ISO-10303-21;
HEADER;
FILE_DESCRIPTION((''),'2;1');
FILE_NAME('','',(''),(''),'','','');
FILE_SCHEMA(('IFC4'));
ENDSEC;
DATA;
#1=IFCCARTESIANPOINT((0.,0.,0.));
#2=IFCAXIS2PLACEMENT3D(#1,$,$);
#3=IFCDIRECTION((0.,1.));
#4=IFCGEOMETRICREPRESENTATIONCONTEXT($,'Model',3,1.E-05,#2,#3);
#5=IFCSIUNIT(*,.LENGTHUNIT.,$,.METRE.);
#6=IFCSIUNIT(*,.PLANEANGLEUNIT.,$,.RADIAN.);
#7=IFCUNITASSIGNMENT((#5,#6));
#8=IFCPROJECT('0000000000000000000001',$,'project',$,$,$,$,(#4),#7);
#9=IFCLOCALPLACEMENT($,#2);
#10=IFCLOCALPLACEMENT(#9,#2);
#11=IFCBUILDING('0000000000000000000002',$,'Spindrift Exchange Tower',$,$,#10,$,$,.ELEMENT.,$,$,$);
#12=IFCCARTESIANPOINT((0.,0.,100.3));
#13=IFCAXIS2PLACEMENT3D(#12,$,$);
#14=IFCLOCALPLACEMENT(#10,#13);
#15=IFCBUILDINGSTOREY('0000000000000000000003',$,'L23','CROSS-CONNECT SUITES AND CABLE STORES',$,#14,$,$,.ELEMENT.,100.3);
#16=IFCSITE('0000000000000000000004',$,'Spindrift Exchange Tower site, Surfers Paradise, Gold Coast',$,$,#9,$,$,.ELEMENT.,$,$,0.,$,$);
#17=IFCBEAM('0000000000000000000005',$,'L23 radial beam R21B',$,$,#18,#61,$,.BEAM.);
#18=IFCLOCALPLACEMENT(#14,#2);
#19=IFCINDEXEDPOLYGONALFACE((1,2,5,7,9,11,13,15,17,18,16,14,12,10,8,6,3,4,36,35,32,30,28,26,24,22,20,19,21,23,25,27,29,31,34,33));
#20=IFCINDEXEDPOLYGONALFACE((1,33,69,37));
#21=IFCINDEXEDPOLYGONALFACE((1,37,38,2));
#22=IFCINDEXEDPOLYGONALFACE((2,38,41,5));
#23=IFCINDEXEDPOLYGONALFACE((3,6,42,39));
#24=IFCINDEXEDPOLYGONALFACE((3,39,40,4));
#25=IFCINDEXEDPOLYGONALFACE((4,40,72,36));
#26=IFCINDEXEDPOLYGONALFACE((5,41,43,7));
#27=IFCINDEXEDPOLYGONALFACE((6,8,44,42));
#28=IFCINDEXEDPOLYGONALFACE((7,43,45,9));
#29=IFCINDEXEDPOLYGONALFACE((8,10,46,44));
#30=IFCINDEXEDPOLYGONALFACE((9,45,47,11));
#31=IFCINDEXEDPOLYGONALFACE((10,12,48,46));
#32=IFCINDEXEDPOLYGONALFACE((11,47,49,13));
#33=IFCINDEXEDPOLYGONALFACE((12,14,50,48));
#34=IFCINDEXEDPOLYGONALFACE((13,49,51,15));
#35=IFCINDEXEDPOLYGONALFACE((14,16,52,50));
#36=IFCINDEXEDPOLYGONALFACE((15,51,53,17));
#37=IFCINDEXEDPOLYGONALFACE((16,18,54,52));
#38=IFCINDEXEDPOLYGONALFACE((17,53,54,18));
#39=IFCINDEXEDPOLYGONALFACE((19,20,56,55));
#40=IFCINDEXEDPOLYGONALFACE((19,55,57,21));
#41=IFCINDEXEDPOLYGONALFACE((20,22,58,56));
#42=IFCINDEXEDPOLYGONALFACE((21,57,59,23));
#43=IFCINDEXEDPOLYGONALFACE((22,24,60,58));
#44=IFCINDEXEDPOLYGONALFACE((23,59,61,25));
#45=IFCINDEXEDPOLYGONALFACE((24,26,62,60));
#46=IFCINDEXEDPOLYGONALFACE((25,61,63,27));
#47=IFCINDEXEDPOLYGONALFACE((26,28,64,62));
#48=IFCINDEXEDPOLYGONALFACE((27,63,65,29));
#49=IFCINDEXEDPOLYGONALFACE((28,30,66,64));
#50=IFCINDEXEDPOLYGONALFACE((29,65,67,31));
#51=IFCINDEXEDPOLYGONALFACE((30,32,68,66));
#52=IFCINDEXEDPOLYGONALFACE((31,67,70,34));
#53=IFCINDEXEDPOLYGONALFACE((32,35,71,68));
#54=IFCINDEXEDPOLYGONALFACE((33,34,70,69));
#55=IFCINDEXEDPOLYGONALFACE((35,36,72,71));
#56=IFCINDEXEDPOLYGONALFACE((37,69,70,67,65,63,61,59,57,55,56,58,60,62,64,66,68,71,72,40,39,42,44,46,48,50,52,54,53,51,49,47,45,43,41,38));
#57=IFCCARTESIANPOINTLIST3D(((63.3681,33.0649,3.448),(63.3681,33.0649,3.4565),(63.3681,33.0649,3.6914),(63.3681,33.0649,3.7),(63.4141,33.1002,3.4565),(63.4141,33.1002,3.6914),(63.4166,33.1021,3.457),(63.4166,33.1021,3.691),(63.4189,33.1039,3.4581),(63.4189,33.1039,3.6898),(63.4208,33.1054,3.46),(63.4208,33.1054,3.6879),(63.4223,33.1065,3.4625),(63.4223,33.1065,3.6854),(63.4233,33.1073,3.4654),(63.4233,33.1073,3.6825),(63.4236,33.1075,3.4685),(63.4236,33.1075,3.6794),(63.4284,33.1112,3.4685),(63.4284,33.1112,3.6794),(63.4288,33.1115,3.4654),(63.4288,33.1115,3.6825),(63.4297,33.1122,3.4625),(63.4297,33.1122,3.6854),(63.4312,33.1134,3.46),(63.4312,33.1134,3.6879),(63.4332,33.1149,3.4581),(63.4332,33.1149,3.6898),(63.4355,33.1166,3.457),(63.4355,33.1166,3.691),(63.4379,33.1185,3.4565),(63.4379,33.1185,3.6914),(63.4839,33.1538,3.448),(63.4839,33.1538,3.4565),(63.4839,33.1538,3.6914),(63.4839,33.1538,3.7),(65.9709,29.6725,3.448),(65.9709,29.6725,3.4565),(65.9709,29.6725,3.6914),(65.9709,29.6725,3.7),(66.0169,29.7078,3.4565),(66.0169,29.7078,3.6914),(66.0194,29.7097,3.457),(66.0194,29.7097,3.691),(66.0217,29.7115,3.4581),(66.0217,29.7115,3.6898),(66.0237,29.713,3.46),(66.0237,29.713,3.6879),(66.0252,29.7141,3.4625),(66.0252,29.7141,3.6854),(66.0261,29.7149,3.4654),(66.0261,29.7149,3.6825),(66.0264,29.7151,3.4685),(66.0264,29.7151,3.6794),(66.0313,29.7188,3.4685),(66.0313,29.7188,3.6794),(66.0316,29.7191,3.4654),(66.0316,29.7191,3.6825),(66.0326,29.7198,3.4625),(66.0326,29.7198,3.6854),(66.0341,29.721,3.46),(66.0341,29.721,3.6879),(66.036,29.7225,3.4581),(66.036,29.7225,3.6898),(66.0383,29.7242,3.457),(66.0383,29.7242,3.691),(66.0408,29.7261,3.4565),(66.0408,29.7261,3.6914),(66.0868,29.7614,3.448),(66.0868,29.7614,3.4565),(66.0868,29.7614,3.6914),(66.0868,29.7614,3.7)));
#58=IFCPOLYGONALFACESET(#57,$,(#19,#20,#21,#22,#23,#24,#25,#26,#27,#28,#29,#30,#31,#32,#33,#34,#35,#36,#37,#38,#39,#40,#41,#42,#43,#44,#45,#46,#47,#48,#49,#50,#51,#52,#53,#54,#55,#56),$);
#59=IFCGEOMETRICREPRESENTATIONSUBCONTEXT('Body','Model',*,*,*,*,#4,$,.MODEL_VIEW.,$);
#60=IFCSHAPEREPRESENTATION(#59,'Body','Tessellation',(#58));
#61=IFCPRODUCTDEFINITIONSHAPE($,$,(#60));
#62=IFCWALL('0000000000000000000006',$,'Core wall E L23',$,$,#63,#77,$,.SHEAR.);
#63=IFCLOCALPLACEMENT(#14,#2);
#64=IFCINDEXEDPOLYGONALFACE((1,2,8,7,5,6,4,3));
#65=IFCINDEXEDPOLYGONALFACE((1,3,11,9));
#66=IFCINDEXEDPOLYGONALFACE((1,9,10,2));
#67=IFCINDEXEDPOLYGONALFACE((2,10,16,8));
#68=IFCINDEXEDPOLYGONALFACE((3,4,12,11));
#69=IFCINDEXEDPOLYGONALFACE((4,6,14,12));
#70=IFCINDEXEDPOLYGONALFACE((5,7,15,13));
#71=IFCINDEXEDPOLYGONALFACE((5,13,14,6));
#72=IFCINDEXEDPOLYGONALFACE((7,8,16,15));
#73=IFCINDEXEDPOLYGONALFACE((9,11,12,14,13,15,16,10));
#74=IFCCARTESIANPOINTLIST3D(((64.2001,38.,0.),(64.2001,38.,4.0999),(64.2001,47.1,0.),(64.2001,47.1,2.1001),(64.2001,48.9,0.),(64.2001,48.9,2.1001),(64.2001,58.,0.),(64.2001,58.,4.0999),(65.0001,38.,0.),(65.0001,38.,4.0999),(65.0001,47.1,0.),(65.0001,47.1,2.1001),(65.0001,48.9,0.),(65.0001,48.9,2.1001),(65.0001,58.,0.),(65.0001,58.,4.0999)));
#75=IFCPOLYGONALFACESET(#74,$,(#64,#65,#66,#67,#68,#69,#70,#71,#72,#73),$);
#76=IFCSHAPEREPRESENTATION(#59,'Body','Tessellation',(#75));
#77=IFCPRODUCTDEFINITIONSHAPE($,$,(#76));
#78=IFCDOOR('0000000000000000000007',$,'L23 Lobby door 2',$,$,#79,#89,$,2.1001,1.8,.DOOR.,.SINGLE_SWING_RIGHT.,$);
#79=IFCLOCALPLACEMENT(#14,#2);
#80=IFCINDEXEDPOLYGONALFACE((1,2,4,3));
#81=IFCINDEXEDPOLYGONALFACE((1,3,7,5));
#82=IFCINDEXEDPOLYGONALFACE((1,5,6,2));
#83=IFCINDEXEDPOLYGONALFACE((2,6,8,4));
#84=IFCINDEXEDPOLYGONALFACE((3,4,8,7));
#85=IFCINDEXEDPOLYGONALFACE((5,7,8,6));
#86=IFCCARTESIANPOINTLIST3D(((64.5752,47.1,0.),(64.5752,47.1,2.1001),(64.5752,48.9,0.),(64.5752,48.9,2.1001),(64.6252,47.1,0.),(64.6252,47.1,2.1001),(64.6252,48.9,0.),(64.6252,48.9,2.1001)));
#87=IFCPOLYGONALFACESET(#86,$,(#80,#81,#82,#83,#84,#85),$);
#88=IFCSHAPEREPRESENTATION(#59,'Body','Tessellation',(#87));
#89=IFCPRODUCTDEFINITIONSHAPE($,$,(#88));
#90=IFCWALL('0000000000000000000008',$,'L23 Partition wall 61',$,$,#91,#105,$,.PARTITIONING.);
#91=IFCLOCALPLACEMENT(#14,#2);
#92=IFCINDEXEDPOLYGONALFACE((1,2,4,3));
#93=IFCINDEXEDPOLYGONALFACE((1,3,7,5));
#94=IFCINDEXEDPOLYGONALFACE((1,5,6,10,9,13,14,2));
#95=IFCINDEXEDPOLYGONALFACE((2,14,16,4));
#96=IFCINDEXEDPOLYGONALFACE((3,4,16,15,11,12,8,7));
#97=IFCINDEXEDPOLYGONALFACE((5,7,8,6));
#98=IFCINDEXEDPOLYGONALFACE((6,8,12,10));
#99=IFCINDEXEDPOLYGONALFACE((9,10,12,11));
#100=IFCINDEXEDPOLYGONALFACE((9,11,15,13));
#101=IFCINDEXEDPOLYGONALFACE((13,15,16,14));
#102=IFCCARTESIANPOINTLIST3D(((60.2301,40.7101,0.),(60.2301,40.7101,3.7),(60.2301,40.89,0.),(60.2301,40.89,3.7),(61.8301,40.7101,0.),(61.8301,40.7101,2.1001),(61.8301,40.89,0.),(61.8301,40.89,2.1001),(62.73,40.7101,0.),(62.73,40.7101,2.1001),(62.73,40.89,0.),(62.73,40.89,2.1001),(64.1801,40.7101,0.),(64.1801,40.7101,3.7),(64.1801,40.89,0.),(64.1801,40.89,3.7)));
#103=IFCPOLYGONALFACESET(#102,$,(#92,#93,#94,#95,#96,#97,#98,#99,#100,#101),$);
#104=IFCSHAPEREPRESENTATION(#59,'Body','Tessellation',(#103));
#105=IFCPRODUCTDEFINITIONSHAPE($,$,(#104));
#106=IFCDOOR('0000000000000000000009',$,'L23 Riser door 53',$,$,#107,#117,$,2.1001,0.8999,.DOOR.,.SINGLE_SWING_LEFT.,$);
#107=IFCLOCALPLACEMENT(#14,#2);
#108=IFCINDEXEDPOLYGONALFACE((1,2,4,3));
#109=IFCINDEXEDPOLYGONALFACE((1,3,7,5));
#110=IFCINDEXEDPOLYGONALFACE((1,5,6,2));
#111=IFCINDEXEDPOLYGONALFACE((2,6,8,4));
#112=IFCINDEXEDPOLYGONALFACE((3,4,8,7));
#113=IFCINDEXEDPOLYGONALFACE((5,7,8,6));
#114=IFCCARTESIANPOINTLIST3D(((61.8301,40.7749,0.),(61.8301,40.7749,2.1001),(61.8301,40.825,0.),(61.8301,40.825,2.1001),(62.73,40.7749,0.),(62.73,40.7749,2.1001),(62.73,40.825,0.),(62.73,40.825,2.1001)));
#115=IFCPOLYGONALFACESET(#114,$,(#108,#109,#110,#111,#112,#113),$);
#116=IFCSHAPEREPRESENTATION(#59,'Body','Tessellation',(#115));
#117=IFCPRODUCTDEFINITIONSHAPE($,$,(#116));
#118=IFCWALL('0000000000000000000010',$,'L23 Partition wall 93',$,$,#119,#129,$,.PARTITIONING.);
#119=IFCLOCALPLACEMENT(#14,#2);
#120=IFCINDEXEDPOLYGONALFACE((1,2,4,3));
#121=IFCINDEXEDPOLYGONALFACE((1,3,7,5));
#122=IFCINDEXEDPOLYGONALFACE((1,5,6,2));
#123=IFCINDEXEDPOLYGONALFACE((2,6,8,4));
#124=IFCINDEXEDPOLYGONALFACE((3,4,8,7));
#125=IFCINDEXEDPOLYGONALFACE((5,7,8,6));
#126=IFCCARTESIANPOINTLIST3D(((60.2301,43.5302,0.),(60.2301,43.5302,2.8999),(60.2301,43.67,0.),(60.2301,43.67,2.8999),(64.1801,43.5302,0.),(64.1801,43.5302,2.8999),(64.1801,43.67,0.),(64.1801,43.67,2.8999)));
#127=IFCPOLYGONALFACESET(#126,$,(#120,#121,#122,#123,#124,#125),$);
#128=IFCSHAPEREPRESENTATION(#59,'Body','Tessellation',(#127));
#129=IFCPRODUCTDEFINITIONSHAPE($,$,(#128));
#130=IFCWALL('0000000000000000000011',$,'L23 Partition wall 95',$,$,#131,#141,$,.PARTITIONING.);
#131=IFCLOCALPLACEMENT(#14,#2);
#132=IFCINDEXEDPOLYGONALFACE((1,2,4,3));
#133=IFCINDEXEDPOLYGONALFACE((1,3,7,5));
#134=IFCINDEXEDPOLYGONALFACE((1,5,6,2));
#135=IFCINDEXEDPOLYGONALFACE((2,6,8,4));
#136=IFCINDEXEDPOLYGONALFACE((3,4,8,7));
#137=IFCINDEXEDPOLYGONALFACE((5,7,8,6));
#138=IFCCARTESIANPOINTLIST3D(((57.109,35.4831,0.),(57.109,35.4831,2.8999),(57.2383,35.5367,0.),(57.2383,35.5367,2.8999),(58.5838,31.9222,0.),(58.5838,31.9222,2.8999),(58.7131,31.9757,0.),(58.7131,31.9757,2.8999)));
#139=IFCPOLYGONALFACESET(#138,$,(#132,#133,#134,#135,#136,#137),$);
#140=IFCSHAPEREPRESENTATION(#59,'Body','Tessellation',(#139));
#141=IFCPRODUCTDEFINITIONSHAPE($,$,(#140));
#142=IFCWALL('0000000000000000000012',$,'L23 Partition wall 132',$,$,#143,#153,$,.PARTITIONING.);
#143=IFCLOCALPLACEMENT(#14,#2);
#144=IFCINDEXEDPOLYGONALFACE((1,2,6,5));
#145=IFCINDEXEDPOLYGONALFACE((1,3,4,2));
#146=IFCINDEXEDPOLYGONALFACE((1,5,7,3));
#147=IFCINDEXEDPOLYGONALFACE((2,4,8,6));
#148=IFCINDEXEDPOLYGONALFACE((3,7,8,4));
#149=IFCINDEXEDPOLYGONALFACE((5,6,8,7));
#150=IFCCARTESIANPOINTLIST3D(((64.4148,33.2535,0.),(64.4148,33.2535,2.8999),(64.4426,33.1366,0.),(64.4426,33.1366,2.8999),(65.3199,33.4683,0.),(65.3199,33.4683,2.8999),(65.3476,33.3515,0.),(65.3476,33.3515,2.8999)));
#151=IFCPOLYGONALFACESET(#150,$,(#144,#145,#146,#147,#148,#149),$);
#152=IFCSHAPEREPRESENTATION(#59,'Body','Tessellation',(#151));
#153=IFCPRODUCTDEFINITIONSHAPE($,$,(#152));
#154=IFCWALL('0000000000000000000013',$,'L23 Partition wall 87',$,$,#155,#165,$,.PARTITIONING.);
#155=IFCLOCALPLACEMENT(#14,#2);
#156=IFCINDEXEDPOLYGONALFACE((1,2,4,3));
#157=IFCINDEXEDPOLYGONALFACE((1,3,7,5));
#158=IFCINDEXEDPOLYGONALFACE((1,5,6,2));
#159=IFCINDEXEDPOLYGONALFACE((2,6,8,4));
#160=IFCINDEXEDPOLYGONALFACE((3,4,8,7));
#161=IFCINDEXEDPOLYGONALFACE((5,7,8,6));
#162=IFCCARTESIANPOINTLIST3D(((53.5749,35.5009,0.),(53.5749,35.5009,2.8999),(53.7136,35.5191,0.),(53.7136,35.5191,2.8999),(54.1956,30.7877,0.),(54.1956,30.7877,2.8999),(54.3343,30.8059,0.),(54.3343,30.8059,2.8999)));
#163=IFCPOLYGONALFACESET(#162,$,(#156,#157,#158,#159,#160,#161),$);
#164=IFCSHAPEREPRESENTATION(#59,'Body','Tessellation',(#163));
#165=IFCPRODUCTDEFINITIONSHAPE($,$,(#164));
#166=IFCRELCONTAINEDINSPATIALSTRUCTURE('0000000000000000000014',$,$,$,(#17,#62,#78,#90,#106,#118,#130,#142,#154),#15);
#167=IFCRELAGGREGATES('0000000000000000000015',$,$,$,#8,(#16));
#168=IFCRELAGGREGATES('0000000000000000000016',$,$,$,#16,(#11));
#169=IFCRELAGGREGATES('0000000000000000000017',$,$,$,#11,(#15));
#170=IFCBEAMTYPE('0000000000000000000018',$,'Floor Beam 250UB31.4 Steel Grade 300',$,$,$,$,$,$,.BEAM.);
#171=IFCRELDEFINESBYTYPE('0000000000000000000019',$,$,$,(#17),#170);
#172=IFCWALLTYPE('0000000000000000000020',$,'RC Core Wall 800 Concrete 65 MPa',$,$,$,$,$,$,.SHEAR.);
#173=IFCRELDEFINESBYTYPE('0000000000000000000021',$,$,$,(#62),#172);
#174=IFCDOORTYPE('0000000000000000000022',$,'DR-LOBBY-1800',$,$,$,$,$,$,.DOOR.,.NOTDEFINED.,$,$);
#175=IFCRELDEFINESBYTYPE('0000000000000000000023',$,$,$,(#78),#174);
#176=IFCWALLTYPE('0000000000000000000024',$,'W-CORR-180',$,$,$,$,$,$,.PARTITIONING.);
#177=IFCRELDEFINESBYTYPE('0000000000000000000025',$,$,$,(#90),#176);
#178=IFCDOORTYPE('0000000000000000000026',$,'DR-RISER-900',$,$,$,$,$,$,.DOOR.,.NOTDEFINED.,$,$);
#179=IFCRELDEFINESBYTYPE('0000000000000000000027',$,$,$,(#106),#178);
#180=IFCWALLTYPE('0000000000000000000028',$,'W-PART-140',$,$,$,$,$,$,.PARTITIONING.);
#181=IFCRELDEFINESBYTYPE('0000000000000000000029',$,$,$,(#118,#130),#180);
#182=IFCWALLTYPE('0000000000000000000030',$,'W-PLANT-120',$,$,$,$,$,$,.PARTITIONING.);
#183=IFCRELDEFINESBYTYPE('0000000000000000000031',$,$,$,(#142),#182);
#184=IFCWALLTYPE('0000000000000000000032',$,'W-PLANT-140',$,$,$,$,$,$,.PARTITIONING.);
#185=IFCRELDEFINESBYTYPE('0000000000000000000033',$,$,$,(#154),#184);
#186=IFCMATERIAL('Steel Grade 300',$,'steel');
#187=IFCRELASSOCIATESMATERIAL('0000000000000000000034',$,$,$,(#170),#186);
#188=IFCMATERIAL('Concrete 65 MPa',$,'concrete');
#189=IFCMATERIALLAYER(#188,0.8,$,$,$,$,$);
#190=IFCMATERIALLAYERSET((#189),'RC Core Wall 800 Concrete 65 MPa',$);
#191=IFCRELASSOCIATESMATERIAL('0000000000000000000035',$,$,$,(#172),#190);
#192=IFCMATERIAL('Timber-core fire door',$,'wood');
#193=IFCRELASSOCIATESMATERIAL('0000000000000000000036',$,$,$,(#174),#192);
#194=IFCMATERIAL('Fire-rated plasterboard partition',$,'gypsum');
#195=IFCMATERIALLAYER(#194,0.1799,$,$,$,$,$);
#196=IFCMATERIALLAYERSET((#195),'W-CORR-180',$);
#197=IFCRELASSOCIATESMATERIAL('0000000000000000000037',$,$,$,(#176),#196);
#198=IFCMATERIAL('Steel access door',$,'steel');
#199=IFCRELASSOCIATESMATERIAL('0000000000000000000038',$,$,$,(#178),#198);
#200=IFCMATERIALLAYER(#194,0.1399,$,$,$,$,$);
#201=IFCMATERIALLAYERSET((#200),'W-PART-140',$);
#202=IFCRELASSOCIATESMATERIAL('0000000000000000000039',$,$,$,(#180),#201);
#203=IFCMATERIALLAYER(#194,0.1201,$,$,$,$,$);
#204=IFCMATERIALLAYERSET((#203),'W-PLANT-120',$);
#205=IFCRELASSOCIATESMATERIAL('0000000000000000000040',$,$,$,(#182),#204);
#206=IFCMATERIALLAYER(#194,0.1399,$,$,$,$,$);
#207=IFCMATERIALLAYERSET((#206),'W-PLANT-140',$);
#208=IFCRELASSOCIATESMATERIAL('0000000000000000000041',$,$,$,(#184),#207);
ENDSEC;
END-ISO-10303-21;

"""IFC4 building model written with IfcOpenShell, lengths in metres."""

from ifc_helpers import new_model, si_unit, direction, frame, frame_2d, origin, origin_2d, place, context, subcontext, project, spatial, rectangle, i_section, extrude, source, transform, mapped, material, layer, layer_set, material_profile, profile_set, type_object, element, fill, save


model = new_model("IFC4")

# Units and contexts
model_context = context("Model", 3, precision=1e-05, world=origin(), true_north=direction((0.0, 1.0)))
body_context = subcontext(model_context, "Body", "Model", "MODEL_VIEW")
ifc_project = project(units=[si_unit("LENGTHUNIT", "METRE"), si_unit("PLANEANGLEUNIT", "RADIAN")], contexts=[model_context])

# Site, building, storey
site_placement = place(None, origin())
site = spatial("IfcSite", under=ifc_project, at=site_placement, Name="Spindrift Exchange Tower site, Surfers Paradise, Gold Coast", CompositionType="ELEMENT", RefElevation=0.0)
building_placement = place(site_placement, origin())
building = spatial("IfcBuilding", under=site, at=building_placement, Name="Spindrift Exchange Tower", CompositionType="ELEMENT")
storey_placement = place(building_placement, frame((0.0, 0.0, 100.3)))
storey = spatial("IfcBuildingStorey", under=building, at=storey_placement, Name="L23", Description="CROSS-CONNECT SUITES AND CABLE STORES", CompositionType="ELEMENT", Elevation=100.3)

# Shared definitions
ifc_material_1 = material(Name="Concrete 65 MPa", Category="concrete")

# Beam
ifc_material_2 = material(Name="Steel Grade 300", Category="steel")
ifc_material_profile_1 = material_profile(ifc_material_2, i_section(OverallWidth=0.146, OverallDepth=0.252, WebThickness=0.0061, FlangeThickness=0.0085, FilletRadius=0.012, at=origin_2d()), Name="250UB31.4")
ifc_profile_set_1 = profile_set([ifc_material_profile_1], Name="Steel Grade 300")
beam_type_1 = type_object("IfcBeamType", Name="Floor Beam 250UB31.4 Steel Grade 300", PredefinedType="BEAM", material=ifc_profile_set_1)
shared_shape_1 = source(origin(), body_context, "Body", "SweptSolid", [
    extrude(i_section(OverallWidth=0.146, OverallDepth=0.252, WebThickness=0.0061, FlangeThickness=0.0085, FilletRadius=0.012, at=origin_2d()), origin(), (0.0, 0.0, 1.0), 4.2759),
])
beam_1_placement = place(storey_placement, frame((63.426, 33.1094, 3.574), z_axis=(0.608725, -0.793381, 0.0), x_axis=(0.793381, 0.608725, 0.0)))
element("IfcBeam", 1, at=beam_1_placement, inside=storey, type_object=beam_type_1, Name="L23 radial beam R21B", PredefinedType="BEAM", context=body_context, shape_type="MappedRepresentation", body=[
    mapped(shared_shape_1, transform((0.0, 0.0, 0.0), scale=1.0)),
])

# Walls, openings, doors
ifc_layer_1 = layer(ifc_material_1, 0.8)
ifc_layer_set_1 = layer_set([ifc_layer_1], Name="RC Core Wall 800 Concrete 65 MPa")
wall_type_1 = type_object("IfcWallType", Name="RC Core Wall 800 Concrete 65 MPa", PredefinedType="SHEAR", material=ifc_layer_set_1)
wall_1_placement = place(storey_placement, frame((64.6001, 38.0, 0.0), z_axis=(0.0, 0.0, 1.0), x_axis=(0.0, 1.0, 0.0)))
wall_1 = element("IfcWall", 2, at=wall_1_placement, inside=storey, type_object=wall_type_1, Name="Core wall E L23", PredefinedType="SHEAR", context=body_context, shape_type="SweptSolid", body=[
    extrude(rectangle(XDim=20.0, YDim=0.8, at=frame_2d((10.0, 0.0))), origin(), (0.0, 0.0, 1.0), 4.0999),
])
opening_1_placement = place(wall_1_placement, frame((9.1001, 0.0, 0.0)))
opening_1 = element("IfcOpeningElement", 3, at=opening_1_placement, cuts=wall_1, PredefinedType="OPENING", context=body_context, shape_type="SweptSolid", body=[
    extrude(rectangle(XDim=1.8, YDim=2.1001, at=frame_2d((0.8999, 1.05))), frame((0.0, 0.4099, 0.0), z_axis=(0.0, -1.0, 0.0), x_axis=(1.0, 0.0, 0.0)), (0.0, 0.0, 1.0), 0.8201),
])
ifc_material_3 = material(Name="Timber-core fire door", Category="wood")
door_type_1 = type_object("IfcDoorType", Name="DR-LOBBY-1800", OperationType="NOTDEFINED", PredefinedType="DOOR", material=ifc_material_3)
shared_shape_2 = source(origin(), body_context, "Body", "SweptSolid", [
    extrude(rectangle(XDim=1.8, YDim=2.1001, at=frame_2d((0.8999, 1.05))), frame((0.0, 0.0249, 0.0), z_axis=(0.0, -1.0, 0.0), x_axis=(1.0, 0.0, 0.0)), (0.0, 0.0, 1.0), 0.05),
])
door_1_placement = place(opening_1_placement, origin())
door_1 = element("IfcDoor", 4, at=door_1_placement, inside=storey, type_object=door_type_1, Name="L23 Lobby door 2", OperationType="SINGLE_SWING_RIGHT", OverallHeight=2.1001, OverallWidth=1.8, PredefinedType="DOOR", context=body_context, shape_type="MappedRepresentation", body=[
    mapped(shared_shape_2, transform((0.0, 0.0, 0.0), scale=1.0)),
])
fill(opening_1, door_1)
ifc_material_4 = material(Name="Fire-rated plasterboard partition", Category="gypsum")
ifc_layer_2 = layer(ifc_material_4, 0.1799)
ifc_layer_set_2 = layer_set([ifc_layer_2], Name="W-CORR-180")
wall_type_2 = type_object("IfcWallType", Name="W-CORR-180", PredefinedType="PARTITIONING", material=ifc_layer_set_2)
wall_2_placement = place(storey_placement, frame((60.23, 40.8, 0.0), z_axis=(0.0, 0.0, 1.0), x_axis=(1.0, 0.0, 0.0)))
wall_2 = element("IfcWall", 5, at=wall_2_placement, inside=storey, type_object=wall_type_2, Name="L23 Partition wall 61", PredefinedType="PARTITIONING", context=body_context, shape_type="SweptSolid", body=[
    extrude(rectangle(XDim=3.95, YDim=0.1799, at=frame_2d((1.9751, 0.0))), origin(), (0.0, 0.0, 1.0), 3.7),
])
opening_2_placement = place(wall_2_placement, frame((1.6001, 0.0, 0.0)))
opening_2 = element("IfcOpeningElement", 6, at=opening_2_placement, cuts=wall_2, PredefinedType="OPENING", context=body_context, shape_type="SweptSolid", body=[
    extrude(rectangle(XDim=0.8999, YDim=2.1001, at=frame_2d((0.45, 1.05))), frame((0.0, 0.0999, 0.0), z_axis=(0.0, -1.0, 0.0), x_axis=(1.0, 0.0, 0.0)), (0.0, 0.0, 1.0), 0.2),
])
ifc_material_5 = material(Name="Steel access door", Category="steel")
door_type_2 = type_object("IfcDoorType", Name="DR-RISER-900", OperationType="NOTDEFINED", PredefinedType="DOOR", material=ifc_material_5)
shared_shape_3 = source(origin(), body_context, "Body", "SweptSolid", [
    extrude(rectangle(XDim=0.8999, YDim=2.1001, at=frame_2d((0.45, 1.05))), frame((0.0, 0.0249, 0.0), z_axis=(0.0, -1.0, 0.0), x_axis=(1.0, 0.0, 0.0)), (0.0, 0.0, 1.0), 0.05),
])
door_2_placement = place(opening_2_placement, origin())
door_2 = element("IfcDoor", 7, at=door_2_placement, inside=storey, type_object=door_type_2, Name="L23 Riser door 53", OperationType="SINGLE_SWING_LEFT", OverallHeight=2.1001, OverallWidth=0.8999, PredefinedType="DOOR", context=body_context, shape_type="MappedRepresentation", body=[
    mapped(shared_shape_3, transform((0.0, 0.0, 0.0), scale=1.0)),
])
fill(opening_2, door_2)

# Walls
ifc_layer_3 = layer(ifc_material_4, 0.1399)
ifc_layer_set_3 = layer_set([ifc_layer_3], Name="W-PART-140")
wall_type_3 = type_object("IfcWallType", Name="W-PART-140", PredefinedType="PARTITIONING", material=ifc_layer_set_3)
wall_3_placement = place(storey_placement, frame((60.23, 43.6001, 0.0), z_axis=(0.0, 0.0, 1.0), x_axis=(1.0, 0.0, 0.0)))
element("IfcWall", 8, at=wall_3_placement, inside=storey, type_object=wall_type_3, Name="L23 Partition wall 93", PredefinedType="PARTITIONING", context=body_context, shape_type="SweptSolid", body=[
    extrude(rectangle(XDim=3.95, YDim=0.1399, at=frame_2d((1.9751, 0.0))), origin(), (0.0, 0.0, 1.0), 2.8999),
])
wall_4_placement = place(storey_placement, frame((57.1736, 35.51, 0.0), z_axis=(0.0, 0.0, 1.0), x_axis=(0.382645, -0.923896, 0.0)))
element("IfcWall", 9, at=wall_4_placement, inside=storey, type_object=wall_type_3, Name="L23 Partition wall 95", PredefinedType="PARTITIONING", context=body_context, shape_type="SweptSolid", body=[
    extrude(rectangle(XDim=3.8542, YDim=0.1399, at=frame_2d((1.9272, 0.0))), origin(), (0.0, 0.0, 1.0), 2.8999),
])
ifc_layer_4 = layer(ifc_material_4, 0.1201)
ifc_layer_set_4 = layer_set([ifc_layer_4], Name="W-PLANT-120")
wall_type_4 = type_object("IfcWallType", Name="W-PLANT-120", PredefinedType="PARTITIONING", material=ifc_layer_set_4)
wall_5_placement = place(storey_placement, frame((64.4287, 33.1951, 0.0), z_axis=(0.0, 0.0, 1.0), x_axis=(0.972961, 0.23097, 0.0)))
element("IfcWall", 10, at=wall_5_placement, inside=storey, type_object=wall_type_4, Name="L23 Partition wall 132", PredefinedType="PARTITIONING", context=body_context, shape_type="SweptSolid", body=[
    extrude(rectangle(XDim=0.9302, YDim=0.1201, at=frame_2d((0.4651, 0.0))), origin(), (0.0, 0.0, 1.0), 2.8999),
])
ifc_layer_5 = layer(ifc_material_4, 0.1399)
ifc_layer_set_5 = layer_set([ifc_layer_5], Name="W-PLANT-140")
wall_type_5 = type_object("IfcWallType", Name="W-PLANT-140", PredefinedType="PARTITIONING", material=ifc_layer_set_5)
wall_6_placement = place(storey_placement, frame((53.6443, 35.51, 0.0), z_axis=(0.0, 0.0, 1.0), x_axis=(0.130549, -0.991442, 0.0)))
element("IfcWall", 11, at=wall_6_placement, inside=storey, type_object=wall_type_5, Name="L23 Partition wall 87", PredefinedType="PARTITIONING", context=body_context, shape_type="SweptSolid", body=[
    extrude(rectangle(XDim=4.7539, YDim=0.1399, at=frame_2d((2.377, 0.0))), origin(), (0.0, 0.0, 1.0), 2.8999),
])

save(model, "model.ifc")
